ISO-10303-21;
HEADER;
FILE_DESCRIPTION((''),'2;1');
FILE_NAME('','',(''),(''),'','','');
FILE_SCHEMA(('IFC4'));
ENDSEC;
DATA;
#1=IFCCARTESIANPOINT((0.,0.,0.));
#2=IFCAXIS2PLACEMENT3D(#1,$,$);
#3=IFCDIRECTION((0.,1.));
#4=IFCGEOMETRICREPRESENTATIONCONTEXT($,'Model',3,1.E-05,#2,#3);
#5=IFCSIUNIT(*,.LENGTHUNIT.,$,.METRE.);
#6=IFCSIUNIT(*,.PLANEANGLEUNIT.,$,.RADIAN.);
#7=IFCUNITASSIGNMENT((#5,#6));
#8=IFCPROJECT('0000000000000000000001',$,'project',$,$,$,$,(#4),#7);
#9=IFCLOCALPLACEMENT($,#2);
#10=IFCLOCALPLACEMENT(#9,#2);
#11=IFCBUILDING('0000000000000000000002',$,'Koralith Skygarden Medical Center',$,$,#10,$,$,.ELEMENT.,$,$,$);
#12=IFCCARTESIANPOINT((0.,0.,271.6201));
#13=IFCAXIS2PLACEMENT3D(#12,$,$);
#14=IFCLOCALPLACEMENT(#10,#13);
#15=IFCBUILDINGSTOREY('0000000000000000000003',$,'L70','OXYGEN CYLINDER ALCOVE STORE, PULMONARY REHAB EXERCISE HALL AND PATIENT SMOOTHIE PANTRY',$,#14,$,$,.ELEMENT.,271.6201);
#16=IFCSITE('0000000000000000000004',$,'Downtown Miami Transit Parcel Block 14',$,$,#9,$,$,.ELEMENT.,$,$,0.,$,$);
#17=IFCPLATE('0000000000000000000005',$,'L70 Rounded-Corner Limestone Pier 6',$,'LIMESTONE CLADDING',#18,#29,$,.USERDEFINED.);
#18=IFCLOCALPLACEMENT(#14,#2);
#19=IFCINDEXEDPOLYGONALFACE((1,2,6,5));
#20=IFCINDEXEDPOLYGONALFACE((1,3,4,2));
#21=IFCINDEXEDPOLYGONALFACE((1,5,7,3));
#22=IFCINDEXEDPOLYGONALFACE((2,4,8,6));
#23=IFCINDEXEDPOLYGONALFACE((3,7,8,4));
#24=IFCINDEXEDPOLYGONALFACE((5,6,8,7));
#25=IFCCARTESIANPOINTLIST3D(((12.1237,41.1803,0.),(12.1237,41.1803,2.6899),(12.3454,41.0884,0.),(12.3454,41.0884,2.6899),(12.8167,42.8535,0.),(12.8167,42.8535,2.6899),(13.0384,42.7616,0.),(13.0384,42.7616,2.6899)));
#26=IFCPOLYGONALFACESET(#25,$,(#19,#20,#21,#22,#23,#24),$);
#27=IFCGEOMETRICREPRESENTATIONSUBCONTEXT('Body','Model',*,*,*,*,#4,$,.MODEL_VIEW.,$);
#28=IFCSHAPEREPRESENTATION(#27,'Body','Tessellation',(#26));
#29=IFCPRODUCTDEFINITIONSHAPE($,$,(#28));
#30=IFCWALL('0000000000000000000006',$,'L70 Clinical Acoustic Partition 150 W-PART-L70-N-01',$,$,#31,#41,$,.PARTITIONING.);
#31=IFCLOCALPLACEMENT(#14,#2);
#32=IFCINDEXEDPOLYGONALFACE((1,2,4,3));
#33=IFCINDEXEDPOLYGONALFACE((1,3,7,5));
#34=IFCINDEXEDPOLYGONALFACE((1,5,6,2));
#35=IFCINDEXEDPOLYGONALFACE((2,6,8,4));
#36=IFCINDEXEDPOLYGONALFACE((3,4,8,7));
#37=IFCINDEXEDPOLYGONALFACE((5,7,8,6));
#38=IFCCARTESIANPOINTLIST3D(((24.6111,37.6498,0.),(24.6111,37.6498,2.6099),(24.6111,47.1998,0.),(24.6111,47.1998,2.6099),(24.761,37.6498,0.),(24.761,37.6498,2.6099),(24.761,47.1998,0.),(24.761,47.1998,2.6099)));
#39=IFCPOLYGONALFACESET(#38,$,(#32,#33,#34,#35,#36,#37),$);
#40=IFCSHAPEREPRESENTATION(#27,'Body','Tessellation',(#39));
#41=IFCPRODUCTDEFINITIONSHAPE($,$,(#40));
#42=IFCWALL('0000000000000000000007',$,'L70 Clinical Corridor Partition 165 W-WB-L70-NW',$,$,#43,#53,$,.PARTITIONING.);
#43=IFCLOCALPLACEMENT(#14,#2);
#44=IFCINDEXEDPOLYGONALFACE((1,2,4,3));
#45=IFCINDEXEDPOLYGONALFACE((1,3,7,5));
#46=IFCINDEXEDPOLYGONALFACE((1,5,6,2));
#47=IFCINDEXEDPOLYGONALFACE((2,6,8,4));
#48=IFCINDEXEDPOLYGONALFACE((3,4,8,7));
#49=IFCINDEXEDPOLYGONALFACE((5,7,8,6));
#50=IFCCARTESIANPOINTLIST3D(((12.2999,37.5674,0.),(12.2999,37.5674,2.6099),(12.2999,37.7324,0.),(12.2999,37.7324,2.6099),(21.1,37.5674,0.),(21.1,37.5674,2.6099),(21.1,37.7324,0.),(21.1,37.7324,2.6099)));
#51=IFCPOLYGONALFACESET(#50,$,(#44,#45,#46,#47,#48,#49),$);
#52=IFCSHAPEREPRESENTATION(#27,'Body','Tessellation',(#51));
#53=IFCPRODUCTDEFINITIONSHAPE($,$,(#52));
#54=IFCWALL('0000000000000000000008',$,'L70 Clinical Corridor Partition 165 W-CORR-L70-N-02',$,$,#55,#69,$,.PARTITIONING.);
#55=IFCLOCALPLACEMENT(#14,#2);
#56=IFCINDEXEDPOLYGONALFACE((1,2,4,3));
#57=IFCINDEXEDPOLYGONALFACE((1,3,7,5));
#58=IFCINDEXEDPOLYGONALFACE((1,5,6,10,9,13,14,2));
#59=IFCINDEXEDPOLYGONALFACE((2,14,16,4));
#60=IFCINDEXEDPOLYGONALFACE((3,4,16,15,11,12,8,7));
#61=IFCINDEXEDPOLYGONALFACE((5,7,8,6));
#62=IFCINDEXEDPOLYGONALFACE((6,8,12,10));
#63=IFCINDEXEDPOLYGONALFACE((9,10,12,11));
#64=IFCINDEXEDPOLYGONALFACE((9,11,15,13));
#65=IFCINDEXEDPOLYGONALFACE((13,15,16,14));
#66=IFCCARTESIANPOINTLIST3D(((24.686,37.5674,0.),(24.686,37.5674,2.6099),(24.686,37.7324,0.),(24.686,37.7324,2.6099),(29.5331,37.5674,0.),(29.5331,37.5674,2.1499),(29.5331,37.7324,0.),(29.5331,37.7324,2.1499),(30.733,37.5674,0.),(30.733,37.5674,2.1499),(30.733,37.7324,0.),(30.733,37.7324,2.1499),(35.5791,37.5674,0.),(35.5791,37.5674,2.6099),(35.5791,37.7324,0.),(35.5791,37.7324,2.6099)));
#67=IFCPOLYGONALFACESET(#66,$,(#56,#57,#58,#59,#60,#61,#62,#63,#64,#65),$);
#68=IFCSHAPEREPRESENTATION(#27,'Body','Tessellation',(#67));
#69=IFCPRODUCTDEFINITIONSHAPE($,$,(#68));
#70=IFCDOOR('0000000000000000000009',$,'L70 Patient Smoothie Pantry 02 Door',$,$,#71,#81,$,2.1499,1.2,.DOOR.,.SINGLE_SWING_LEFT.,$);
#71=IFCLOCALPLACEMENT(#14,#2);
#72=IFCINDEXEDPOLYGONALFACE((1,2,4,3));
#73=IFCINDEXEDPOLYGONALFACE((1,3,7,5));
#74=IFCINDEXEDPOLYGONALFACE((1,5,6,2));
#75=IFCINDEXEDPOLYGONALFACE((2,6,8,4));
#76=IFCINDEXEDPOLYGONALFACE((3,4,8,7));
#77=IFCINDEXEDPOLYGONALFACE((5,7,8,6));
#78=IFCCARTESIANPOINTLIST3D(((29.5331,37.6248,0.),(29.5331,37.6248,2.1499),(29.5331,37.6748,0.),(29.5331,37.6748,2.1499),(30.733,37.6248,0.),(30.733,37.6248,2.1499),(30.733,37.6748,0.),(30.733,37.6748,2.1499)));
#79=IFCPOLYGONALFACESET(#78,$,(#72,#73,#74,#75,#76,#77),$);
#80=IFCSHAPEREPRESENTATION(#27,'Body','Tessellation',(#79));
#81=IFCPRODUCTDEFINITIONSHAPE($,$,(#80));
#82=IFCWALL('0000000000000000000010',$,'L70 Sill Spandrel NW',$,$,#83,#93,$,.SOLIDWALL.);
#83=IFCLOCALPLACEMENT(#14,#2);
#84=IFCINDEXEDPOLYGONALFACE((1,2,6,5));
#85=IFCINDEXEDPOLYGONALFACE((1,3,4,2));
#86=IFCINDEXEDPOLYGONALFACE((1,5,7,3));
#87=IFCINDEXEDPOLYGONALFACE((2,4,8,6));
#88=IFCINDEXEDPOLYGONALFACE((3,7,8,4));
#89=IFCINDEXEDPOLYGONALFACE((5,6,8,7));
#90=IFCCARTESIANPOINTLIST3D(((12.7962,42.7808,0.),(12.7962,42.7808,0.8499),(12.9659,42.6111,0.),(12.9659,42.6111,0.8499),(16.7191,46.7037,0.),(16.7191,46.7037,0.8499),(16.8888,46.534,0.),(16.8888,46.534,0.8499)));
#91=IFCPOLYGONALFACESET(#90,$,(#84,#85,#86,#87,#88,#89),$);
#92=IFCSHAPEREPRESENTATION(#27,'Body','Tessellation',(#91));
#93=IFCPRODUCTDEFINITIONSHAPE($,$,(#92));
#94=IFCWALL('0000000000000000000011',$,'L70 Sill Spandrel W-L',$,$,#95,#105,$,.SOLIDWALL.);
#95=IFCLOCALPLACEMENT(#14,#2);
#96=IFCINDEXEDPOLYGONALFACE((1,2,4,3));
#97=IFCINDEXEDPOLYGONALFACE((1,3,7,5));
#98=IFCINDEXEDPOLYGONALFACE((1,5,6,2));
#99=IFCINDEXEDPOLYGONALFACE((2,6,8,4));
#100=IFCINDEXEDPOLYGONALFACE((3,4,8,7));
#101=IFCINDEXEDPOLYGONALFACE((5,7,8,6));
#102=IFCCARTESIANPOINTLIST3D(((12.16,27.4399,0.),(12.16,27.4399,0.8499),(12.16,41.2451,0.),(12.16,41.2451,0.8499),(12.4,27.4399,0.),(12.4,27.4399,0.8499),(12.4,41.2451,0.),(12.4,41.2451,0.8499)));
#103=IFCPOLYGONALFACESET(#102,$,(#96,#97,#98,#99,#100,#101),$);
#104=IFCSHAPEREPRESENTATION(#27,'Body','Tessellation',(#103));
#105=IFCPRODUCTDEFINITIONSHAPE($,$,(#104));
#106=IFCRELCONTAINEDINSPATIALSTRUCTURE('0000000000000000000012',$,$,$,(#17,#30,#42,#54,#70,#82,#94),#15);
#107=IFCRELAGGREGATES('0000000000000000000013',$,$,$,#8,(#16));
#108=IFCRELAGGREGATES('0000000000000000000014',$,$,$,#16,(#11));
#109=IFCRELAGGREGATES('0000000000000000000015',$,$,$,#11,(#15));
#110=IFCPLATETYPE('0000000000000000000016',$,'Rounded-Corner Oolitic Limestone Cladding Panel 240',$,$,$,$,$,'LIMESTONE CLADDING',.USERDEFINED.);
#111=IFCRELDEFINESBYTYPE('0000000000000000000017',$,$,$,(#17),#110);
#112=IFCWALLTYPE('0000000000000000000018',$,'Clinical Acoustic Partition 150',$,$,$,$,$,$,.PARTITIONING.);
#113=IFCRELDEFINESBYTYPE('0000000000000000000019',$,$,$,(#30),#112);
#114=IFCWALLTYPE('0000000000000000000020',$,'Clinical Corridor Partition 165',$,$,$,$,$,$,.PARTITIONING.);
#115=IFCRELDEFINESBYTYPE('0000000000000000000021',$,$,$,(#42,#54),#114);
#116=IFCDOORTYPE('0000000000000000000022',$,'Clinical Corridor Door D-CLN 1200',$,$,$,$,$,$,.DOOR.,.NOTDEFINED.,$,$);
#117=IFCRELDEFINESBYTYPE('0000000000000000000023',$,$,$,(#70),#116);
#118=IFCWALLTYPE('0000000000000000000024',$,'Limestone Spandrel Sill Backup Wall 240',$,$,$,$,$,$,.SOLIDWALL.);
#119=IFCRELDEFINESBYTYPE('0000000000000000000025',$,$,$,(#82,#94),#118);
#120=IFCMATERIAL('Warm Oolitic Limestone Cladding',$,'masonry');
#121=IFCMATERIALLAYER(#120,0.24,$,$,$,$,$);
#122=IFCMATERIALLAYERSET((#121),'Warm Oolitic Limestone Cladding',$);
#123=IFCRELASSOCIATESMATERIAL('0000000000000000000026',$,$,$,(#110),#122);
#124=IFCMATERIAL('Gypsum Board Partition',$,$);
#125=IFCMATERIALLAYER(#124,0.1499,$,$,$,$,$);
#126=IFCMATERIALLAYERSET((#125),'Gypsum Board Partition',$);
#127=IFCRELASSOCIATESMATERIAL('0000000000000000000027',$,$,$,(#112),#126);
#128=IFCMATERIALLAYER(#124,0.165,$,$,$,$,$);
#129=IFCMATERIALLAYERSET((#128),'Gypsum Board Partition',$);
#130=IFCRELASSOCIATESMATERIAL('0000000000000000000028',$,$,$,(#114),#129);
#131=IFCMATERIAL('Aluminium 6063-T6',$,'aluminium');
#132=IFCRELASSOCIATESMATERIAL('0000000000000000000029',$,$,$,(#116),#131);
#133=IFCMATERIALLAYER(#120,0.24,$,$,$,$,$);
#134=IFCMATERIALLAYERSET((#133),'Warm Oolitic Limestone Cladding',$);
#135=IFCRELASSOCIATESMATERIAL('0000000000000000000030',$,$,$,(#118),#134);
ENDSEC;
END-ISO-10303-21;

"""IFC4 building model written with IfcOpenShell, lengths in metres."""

from ifc_helpers import new_model, si_unit, direction, frame, frame_2d, origin, origin_2d, place, context, subcontext, project, spatial, rectangle, extrude, material, layer, layer_set, type_object, element, fill, save


model = new_model("IFC4")

# Units and contexts
model_context = context("Model", 3, precision=1e-05, world=origin(), true_north=direction((0.0, 1.0)))
body_context = subcontext(model_context, "Body", "Model", "MODEL_VIEW")
ifc_project = project(units=[si_unit("LENGTHUNIT", "METRE"), si_unit("PLANEANGLEUNIT", "RADIAN")], contexts=[model_context])

# Site, building, storey
site_placement = place(None, origin())
site = spatial("IfcSite", under=ifc_project, at=site_placement, Name="Downtown Miami Transit Parcel Block 14", CompositionType="ELEMENT", RefElevation=0.0)
building_placement = place(site_placement, origin())
building = spatial("IfcBuilding", under=site, at=building_placement, Name="Koralith Skygarden Medical Center", CompositionType="ELEMENT")
storey_placement = place(building_placement, frame((0.0, 0.0, 271.6201)))
storey = spatial("IfcBuildingStorey", under=building, at=storey_placement, Name="L70", Description="OXYGEN CYLINDER ALCOVE STORE, PULMONARY REHAB EXERCISE HALL AND PATIENT SMOOTHIE PANTRY", CompositionType="ELEMENT", Elevation=271.6201)

# Shared definitions
ifc_material_1 = material(Name="Aluminium 6063-T6", Category="aluminium")

# Plate
ifc_material_2 = material(Name="Warm Oolitic Limestone Cladding", Category="masonry")
ifc_layer_1 = layer(ifc_material_2, 0.24)
ifc_layer_set_1 = layer_set([ifc_layer_1], Name="Warm Oolitic Limestone Cladding")
plate_type_1 = type_object("IfcPlateType", Name="Rounded-Corner Oolitic Limestone Cladding Panel 240", ElementType="LIMESTONE CLADDING", PredefinedType="USERDEFINED", material=ifc_layer_set_1)
for number, where, z_axis, x_axis, name in (
    (1, (12.5811, 41.9709, 0.0), (0.0, 0.0, 1.0), (-0.382671, -0.923885, 0.0), "L70 Rounded-Corner Limestone Pier 6"),
):
    element("IfcPlate", number, at=place(storey_placement, frame(where, z_axis=z_axis, x_axis=x_axis)), inside=storey, type_object=plate_type_1, Name=name, ObjectType="LIMESTONE CLADDING", PredefinedType="USERDEFINED", context=body_context, shape_type="SweptSolid", body=[
        extrude(rectangle(XDim=1.811, YDim=0.24, at=origin_2d()), origin(), (0.0, 0.0, 1.0), 2.6899),
    ])

# Walls
ifc_material_3 = material(Name="Gypsum Board Partition")
ifc_layer_2 = layer(ifc_material_3, 0.1499)
ifc_layer_set_2 = layer_set([ifc_layer_2], Name="Gypsum Board Partition")
wall_type_1 = type_object("IfcWallType", Name="Clinical Acoustic Partition 150", PredefinedType="PARTITIONING", material=ifc_layer_set_2)
wall_1_placement = place(storey_placement, frame((24.686, 37.6499, 0.0), z_axis=(0.0, 0.0, 1.0), x_axis=(0.0, 1.0, 0.0)))
element("IfcWall", 2, at=wall_1_placement, inside=storey, type_object=wall_type_1, Name="L70 Clinical Acoustic Partition 150 W-PART-L70-N-01", PredefinedType="PARTITIONING", context=body_context, shape_type="SweptSolid", body=[
    extrude(rectangle(XDim=9.55, YDim=0.1499, at=frame_2d((4.7749, 0.0))), origin(), (0.0, 0.0, 1.0), 2.6099),
])
ifc_layer_3 = layer(ifc_material_3, 0.165)
ifc_layer_set_3 = layer_set([ifc_layer_3], Name="Gypsum Board Partition")
wall_type_2 = type_object("IfcWallType", Name="Clinical Corridor Partition 165", PredefinedType="PARTITIONING", material=ifc_layer_set_3)
wall_2_placement = place(storey_placement, frame((12.3, 37.6499, 0.0), z_axis=(0.0, 0.0, 1.0), x_axis=(1.0, 0.0, 0.0)))
element("IfcWall", 3, at=wall_2_placement, inside=storey, type_object=wall_type_2, Name="L70 Clinical Corridor Partition 165 W-WB-L70-NW", PredefinedType="PARTITIONING", context=body_context, shape_type="SweptSolid", body=[
    extrude(rectangle(XDim=8.8, YDim=0.165, at=frame_2d((4.3999, 0.0))), origin(), (0.0, 0.0, 1.0), 2.6099),
])

# Wall, opening, door
door_type = type_object("IfcDoorType", Name="Clinical Corridor Door D-CLN 1200", OperationType="NOTDEFINED", PredefinedType="DOOR", material=ifc_material_1)
wall_3_placement = place(storey_placement, frame((24.686, 37.6499, 0.0), z_axis=(0.0, 0.0, 1.0), x_axis=(1.0, 0.0, 0.0)))
wall_3 = element("IfcWall", 4, at=wall_3_placement, inside=storey, type_object=wall_type_2, Name="L70 Clinical Corridor Partition 165 W-CORR-L70-N-02", PredefinedType="PARTITIONING", context=body_context, shape_type="SweptSolid", body=[
    extrude(rectangle(XDim=10.8931, YDim=0.165, at=frame_2d((5.4465, 0.0))), origin(), (0.0, 0.0, 1.0), 2.6099),
])
opening_1_placement = place(wall_3_placement, frame((4.8469, 0.0, 0.0)))
opening_1 = element("IfcOpeningElement", 5, at=opening_1_placement, cuts=wall_3, PredefinedType="OPENING", context=body_context, shape_type="SweptSolid", body=[
    extrude(rectangle(XDim=1.2, YDim=2.1499, at=frame_2d((0.6001, 1.075))), frame((0.0, 0.0925, 0.0), z_axis=(0.0, -1.0, 0.0), x_axis=(1.0, 0.0, 0.0)), (0.0, 0.0, 1.0), 0.1851),
])
door_1_placement = place(opening_1_placement, origin())
door_1 = element("IfcDoor", 6, at=door_1_placement, inside=storey, type_object=door_type, Name="L70 Patient Smoothie Pantry 02 Door", OperationType="SINGLE_SWING_LEFT", OverallHeight=2.1499, OverallWidth=1.2, PredefinedType="DOOR", context=body_context, shape_type="SweptSolid", body=[
    extrude(rectangle(XDim=1.2, YDim=2.1499, at=frame_2d((0.6001, 1.075))), frame((0.0, 0.0249, 0.0), z_axis=(0.0, -1.0, 0.0), x_axis=(1.0, 0.0, 0.0)), (0.0, 0.0, 1.0), 0.05),
])
fill(opening_1, door_1)

# Walls
ifc_layer_4 = layer(ifc_material_2, 0.24)
ifc_layer_set_4 = layer_set([ifc_layer_4], Name="Warm Oolitic Limestone Cladding")
wall_type_3 = type_object("IfcWallType", Name="Limestone Spandrel Sill Backup Wall 240", PredefinedType="SOLIDWALL", material=ifc_layer_set_4)
wall_4_placement = place(storey_placement, frame((16.804, 46.6189, 0.0), z_axis=(0.0, 0.0, 1.0), x_axis=(-0.707107, -0.707107, 0.0)))
element("IfcWall", 7, at=wall_4_placement, inside=storey, type_object=wall_type_3, Name="L70 Sill Spandrel NW", PredefinedType="SOLIDWALL", context=body_context, shape_type="SweptSolid", body=[
    extrude(rectangle(XDim=5.5479, YDim=0.24, at=frame_2d((2.7739, 0.0))), origin(), (0.0, 0.0, 1.0), 0.8499),
])
wall_5_placement = place(storey_placement, frame((12.28, 41.2451, 0.0), z_axis=(0.0, 0.0, 1.0), x_axis=(0.0, -1.0, 0.0)))
element("IfcWall", 8, at=wall_5_placement, inside=storey, type_object=wall_type_3, Name="L70 Sill Spandrel W-L", PredefinedType="SOLIDWALL", context=body_context, shape_type="SweptSolid", body=[
    extrude(rectangle(XDim=13.8052, YDim=0.24, at=frame_2d((6.9026, 0.0))), origin(), (0.0, 0.0, 1.0), 0.8499),
])

save(model, "model.ifc")
